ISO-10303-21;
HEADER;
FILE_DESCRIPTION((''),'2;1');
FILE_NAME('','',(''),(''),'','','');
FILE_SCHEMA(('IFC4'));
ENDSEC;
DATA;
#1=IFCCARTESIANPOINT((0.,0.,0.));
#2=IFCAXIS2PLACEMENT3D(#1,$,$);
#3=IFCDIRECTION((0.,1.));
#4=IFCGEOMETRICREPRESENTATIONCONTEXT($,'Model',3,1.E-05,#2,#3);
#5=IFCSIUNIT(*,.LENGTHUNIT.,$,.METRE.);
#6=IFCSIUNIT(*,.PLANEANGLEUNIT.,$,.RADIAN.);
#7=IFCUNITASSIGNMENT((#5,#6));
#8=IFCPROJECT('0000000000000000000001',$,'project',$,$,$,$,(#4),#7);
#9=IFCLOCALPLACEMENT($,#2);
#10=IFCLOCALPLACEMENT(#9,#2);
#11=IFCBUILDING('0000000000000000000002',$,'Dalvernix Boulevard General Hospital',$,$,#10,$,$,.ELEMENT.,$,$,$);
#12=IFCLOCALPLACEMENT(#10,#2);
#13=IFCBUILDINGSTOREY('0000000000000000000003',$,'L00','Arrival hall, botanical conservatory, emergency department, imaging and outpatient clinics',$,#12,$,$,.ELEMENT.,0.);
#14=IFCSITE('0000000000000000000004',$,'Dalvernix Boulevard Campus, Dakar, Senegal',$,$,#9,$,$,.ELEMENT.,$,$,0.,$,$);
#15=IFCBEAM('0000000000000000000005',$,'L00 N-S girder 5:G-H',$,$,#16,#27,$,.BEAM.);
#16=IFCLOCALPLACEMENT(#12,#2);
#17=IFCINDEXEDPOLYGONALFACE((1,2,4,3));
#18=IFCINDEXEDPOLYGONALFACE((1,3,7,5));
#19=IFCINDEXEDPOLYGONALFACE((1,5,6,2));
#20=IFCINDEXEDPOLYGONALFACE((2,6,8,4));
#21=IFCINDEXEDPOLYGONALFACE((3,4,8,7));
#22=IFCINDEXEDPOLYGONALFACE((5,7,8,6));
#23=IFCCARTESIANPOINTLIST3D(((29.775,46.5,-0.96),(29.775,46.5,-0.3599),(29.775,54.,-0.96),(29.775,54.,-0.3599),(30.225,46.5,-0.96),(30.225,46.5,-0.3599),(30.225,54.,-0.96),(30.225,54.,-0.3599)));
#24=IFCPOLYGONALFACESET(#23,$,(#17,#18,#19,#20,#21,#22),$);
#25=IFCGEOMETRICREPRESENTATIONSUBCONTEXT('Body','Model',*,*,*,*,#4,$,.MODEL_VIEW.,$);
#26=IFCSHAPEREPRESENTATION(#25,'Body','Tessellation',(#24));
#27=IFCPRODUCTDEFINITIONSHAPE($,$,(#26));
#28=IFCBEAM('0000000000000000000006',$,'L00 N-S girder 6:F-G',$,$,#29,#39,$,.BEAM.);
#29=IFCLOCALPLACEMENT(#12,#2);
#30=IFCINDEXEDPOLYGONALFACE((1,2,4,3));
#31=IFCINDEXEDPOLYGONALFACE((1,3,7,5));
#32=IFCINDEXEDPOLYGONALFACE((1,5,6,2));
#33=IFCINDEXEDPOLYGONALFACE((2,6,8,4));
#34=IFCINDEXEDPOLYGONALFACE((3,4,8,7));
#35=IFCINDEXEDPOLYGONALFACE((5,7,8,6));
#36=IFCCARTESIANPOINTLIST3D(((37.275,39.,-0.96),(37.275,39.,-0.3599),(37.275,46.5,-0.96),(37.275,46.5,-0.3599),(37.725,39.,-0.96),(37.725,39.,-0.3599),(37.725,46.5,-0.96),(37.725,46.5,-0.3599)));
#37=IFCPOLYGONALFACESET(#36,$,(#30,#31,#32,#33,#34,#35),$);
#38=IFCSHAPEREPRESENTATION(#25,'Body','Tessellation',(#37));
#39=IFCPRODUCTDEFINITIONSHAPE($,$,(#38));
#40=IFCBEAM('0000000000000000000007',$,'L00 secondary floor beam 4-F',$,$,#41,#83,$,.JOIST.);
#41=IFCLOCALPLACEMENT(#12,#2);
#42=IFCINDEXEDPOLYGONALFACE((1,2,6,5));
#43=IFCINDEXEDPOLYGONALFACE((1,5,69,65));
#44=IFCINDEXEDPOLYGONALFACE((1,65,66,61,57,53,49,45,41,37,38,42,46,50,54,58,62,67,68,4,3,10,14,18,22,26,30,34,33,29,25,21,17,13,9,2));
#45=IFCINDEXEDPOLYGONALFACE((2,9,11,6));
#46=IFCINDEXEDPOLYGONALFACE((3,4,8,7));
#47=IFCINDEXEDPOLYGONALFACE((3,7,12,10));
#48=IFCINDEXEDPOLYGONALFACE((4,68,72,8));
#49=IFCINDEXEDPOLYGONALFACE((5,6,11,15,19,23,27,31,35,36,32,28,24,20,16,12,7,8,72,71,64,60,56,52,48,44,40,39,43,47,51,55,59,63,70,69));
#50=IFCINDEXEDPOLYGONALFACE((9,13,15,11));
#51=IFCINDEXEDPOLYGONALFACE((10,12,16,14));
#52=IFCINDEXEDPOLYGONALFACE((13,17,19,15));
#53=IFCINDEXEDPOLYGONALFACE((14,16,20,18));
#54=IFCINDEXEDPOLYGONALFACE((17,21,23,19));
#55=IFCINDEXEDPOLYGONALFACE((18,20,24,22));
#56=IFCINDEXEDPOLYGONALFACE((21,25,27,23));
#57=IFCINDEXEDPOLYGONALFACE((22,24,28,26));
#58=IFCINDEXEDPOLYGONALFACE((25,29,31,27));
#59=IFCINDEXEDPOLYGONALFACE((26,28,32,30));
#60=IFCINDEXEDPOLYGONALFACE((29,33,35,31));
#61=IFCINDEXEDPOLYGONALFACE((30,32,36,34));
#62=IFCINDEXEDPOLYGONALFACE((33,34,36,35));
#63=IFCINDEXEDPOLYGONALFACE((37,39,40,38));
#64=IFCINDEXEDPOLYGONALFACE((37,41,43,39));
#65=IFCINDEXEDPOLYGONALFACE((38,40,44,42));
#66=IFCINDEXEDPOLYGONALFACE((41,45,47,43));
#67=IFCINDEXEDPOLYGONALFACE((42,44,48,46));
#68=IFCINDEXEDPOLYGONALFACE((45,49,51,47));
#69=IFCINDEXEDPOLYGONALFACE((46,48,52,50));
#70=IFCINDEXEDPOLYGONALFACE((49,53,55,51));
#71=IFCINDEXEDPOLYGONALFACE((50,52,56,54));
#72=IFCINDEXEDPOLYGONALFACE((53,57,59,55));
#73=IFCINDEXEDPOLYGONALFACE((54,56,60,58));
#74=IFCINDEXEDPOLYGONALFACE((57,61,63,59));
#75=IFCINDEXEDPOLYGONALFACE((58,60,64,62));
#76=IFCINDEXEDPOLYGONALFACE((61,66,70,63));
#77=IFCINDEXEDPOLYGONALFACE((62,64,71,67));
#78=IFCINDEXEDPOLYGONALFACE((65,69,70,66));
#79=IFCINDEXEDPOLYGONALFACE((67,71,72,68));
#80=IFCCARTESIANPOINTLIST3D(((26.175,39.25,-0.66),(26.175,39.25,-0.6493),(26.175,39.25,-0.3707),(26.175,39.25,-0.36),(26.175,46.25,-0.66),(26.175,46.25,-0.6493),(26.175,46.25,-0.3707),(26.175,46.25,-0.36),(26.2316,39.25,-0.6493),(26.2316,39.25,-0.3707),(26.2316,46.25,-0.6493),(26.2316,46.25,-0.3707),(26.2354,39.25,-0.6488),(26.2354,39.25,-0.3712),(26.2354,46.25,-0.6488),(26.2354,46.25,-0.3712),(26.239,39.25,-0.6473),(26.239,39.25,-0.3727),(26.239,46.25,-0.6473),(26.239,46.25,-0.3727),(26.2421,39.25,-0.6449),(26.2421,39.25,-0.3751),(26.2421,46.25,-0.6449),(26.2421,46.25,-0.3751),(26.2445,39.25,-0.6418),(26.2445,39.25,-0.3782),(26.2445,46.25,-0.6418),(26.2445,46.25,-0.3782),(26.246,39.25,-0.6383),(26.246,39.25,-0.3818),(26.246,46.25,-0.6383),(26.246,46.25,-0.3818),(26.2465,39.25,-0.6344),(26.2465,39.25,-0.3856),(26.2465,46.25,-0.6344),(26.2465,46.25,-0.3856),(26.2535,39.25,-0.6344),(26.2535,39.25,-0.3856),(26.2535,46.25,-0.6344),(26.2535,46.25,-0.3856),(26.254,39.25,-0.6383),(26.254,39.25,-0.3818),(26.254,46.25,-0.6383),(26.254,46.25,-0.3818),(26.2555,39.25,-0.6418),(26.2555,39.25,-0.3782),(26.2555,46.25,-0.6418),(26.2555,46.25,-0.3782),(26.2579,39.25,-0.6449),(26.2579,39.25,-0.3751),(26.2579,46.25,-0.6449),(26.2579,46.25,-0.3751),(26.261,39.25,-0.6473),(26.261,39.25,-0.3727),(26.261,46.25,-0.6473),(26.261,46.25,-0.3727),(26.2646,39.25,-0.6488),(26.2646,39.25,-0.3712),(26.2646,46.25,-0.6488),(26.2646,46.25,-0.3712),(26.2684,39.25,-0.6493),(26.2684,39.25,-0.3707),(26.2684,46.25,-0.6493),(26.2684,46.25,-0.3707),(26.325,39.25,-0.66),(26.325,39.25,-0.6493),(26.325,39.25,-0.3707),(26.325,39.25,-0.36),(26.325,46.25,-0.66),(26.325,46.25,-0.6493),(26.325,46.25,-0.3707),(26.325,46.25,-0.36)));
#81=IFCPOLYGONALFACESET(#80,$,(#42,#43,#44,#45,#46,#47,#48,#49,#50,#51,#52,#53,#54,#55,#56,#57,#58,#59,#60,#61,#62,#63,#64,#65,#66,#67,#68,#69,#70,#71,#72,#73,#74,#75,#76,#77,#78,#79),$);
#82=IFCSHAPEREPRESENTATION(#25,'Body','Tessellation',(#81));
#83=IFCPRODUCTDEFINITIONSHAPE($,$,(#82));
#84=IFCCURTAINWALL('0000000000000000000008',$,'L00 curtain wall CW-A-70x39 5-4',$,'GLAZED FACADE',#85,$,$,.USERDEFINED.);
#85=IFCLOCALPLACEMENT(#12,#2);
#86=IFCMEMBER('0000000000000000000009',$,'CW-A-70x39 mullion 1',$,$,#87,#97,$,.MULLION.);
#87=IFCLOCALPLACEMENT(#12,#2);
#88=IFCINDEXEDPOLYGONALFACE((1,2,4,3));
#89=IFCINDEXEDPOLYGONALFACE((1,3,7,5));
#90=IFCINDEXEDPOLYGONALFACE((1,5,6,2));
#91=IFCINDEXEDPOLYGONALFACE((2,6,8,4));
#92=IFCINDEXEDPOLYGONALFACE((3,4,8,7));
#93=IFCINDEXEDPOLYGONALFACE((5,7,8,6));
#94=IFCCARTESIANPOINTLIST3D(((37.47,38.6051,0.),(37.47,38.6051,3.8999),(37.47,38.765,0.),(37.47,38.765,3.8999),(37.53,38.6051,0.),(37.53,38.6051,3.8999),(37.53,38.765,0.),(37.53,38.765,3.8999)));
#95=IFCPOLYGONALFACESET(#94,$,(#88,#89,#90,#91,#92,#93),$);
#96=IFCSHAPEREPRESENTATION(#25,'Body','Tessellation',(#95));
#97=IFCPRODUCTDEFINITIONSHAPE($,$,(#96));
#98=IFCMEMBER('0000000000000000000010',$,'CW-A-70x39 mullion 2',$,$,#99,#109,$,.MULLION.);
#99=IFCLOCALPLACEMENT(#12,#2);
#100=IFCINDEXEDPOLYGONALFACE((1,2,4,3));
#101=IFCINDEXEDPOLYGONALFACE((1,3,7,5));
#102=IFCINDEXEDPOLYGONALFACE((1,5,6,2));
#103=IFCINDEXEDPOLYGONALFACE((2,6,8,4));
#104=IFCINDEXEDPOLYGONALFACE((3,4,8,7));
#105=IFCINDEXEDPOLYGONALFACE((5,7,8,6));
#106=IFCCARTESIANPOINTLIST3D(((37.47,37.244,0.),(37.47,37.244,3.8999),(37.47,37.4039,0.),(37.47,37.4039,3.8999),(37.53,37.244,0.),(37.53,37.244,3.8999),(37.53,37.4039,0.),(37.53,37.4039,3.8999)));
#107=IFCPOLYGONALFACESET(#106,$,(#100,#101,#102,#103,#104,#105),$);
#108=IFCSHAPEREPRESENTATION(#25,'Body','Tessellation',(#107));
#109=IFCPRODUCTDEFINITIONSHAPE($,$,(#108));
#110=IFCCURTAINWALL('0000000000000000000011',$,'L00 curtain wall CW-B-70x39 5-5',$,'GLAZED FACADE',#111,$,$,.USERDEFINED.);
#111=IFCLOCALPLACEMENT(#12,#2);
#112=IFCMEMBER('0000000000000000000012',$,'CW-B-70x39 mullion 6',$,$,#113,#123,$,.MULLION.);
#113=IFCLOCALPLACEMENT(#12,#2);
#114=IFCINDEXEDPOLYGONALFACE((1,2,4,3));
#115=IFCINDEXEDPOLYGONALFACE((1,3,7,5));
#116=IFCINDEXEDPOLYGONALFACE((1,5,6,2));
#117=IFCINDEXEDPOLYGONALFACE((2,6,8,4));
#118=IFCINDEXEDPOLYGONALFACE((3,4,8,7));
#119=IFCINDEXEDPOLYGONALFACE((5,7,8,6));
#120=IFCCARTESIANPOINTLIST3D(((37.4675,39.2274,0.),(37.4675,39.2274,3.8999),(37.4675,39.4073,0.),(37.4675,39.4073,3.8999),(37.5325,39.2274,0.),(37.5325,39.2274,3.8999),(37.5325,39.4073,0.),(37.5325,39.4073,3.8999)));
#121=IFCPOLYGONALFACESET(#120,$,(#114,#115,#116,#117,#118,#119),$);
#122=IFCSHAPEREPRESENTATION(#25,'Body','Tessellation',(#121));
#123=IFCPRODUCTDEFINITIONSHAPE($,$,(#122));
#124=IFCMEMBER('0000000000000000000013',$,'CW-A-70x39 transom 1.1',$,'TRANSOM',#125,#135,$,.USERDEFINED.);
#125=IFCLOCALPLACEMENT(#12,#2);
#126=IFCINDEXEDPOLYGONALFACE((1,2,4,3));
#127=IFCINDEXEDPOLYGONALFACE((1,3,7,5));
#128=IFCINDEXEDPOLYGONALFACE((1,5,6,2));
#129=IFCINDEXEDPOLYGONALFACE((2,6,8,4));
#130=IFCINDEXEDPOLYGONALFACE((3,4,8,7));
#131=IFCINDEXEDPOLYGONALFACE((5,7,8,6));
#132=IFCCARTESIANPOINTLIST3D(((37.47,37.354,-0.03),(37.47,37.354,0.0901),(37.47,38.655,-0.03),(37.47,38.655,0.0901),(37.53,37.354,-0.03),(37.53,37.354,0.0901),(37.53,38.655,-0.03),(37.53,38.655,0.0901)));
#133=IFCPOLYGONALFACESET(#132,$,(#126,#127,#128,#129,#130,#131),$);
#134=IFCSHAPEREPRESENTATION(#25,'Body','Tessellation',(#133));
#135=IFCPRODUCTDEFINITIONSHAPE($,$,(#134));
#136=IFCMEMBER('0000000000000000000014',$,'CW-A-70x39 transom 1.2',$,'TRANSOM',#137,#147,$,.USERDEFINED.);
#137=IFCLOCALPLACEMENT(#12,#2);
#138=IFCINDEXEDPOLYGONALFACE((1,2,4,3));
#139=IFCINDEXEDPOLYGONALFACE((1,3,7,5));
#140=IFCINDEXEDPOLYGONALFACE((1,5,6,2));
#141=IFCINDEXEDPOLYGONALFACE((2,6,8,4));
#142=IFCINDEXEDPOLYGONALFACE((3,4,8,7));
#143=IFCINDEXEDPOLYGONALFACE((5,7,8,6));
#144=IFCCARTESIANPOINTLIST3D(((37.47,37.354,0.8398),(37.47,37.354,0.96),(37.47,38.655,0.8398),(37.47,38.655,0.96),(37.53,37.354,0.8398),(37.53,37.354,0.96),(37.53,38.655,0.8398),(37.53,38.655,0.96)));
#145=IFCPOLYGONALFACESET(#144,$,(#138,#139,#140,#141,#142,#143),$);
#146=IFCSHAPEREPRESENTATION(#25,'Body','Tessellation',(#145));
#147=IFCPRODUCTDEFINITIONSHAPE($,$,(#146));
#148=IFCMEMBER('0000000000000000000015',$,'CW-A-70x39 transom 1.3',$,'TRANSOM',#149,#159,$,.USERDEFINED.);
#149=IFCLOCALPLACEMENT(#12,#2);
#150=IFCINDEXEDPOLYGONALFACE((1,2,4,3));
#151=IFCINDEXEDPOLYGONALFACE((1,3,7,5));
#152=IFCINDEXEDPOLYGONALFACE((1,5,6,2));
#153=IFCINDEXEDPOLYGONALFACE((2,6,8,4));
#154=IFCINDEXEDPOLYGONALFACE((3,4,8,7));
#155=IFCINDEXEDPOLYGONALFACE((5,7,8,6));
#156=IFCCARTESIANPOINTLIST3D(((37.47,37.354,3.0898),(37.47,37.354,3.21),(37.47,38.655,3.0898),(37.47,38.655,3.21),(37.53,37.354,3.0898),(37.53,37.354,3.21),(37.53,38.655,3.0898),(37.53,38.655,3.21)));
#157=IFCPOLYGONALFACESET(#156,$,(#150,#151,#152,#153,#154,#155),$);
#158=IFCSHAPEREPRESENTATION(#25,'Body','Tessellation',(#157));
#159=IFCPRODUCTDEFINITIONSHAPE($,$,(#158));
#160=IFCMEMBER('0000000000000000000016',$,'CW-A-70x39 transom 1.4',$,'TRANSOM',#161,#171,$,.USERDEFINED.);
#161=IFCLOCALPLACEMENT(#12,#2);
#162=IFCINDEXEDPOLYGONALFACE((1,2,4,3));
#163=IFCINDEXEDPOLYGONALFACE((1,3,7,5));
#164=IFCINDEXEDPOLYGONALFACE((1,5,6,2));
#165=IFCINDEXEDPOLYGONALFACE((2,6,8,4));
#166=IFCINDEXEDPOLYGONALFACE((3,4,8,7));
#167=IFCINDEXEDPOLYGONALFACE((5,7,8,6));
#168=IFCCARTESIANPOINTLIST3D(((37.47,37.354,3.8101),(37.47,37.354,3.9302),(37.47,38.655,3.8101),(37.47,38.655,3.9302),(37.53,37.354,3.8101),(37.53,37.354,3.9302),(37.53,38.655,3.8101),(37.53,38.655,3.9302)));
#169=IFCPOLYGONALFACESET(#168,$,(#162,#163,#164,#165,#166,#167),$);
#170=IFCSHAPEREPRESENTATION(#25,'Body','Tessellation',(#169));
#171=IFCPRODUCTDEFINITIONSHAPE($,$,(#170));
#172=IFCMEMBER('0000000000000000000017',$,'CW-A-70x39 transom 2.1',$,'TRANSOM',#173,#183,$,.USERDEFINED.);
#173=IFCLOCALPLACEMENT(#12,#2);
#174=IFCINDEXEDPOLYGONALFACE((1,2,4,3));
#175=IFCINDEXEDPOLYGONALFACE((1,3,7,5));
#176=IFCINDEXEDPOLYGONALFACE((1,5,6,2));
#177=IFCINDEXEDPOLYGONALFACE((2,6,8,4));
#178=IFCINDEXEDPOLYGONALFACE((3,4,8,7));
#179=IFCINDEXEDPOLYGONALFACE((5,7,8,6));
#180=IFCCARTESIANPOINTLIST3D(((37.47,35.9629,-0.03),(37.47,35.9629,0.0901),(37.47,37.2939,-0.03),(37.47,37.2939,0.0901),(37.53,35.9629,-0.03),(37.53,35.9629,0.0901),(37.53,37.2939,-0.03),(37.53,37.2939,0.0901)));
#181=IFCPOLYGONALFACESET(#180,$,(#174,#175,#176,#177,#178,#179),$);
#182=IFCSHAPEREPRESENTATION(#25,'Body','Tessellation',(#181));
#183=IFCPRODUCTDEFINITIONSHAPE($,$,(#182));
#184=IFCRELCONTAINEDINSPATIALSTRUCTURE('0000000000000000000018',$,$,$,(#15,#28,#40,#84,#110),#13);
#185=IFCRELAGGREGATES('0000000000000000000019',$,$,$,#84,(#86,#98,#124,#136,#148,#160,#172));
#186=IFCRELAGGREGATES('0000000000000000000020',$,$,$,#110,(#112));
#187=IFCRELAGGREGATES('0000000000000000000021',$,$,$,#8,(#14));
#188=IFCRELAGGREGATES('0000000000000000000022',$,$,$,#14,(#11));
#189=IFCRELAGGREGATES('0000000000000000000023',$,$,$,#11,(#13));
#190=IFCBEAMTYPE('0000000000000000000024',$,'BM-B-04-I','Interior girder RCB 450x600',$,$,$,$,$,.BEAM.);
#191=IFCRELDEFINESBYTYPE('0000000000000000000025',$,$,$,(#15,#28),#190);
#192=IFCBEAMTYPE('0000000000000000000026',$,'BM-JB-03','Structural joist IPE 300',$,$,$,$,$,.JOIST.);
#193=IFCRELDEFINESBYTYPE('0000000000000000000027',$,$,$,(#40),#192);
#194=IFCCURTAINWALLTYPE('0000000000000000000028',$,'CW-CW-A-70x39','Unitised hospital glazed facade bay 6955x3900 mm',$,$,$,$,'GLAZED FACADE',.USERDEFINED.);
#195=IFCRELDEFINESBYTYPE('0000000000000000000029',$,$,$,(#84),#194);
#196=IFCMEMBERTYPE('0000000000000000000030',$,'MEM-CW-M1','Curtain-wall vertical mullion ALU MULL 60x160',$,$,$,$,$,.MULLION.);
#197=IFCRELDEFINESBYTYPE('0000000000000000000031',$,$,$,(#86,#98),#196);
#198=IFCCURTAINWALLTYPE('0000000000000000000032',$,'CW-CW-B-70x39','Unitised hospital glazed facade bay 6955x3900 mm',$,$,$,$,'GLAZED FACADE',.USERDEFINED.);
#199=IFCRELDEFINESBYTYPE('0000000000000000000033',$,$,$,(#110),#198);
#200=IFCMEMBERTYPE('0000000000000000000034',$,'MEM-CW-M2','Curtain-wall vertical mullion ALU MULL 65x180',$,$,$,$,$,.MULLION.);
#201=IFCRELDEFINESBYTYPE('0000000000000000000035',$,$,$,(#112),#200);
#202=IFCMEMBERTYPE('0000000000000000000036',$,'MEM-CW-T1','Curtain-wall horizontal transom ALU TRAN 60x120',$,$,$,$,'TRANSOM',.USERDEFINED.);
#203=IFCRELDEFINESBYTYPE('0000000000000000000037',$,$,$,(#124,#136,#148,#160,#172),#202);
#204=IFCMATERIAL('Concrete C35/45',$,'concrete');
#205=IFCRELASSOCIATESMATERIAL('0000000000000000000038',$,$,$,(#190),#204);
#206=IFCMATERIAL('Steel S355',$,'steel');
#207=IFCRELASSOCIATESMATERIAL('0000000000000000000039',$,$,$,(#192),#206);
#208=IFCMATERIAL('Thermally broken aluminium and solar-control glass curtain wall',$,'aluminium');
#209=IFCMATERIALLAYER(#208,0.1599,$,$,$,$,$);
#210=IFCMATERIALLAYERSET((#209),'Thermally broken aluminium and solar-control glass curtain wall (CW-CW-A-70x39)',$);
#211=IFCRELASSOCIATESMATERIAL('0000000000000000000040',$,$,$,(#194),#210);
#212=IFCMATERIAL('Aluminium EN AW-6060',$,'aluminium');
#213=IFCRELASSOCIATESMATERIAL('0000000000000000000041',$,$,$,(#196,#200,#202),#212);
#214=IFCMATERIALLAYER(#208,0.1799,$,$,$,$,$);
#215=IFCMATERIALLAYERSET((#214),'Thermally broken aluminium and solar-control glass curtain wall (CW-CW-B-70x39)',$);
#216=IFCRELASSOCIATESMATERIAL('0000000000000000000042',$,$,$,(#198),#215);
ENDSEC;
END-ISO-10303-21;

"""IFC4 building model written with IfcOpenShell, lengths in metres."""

from ifc_helpers import new_model, si_unit, direction, frame, origin, origin_2d, place, context, subcontext, project, spatial, rectangle, i_section, extrude, material, layer, layer_set, material_profile, profile_set, type_object, element, aggregate, save


model = new_model("IFC4")

# Units and contexts
model_context = context("Model", 3, precision=1e-05, world=origin(), true_north=direction((0.0, 1.0)))
body_context = subcontext(model_context, "Body", "Model", "MODEL_VIEW")
ifc_project = project(units=[si_unit("LENGTHUNIT", "METRE"), si_unit("PLANEANGLEUNIT", "RADIAN")], contexts=[model_context])

# Site, building, storey
site_placement = place(None, origin())
site = spatial("IfcSite", under=ifc_project, at=site_placement, Name="Dalvernix Boulevard Campus, Dakar, Senegal", CompositionType="ELEMENT", RefElevation=0.0)
building_placement = place(site_placement, origin())
building = spatial("IfcBuilding", under=site, at=building_placement, Name="Dalvernix Boulevard General Hospital", CompositionType="ELEMENT")
storey_placement = place(building_placement, origin())
storey = spatial("IfcBuildingStorey", under=building, at=storey_placement, Name="L00", Description="Arrival hall, botanical conservatory, emergency department, imaging and outpatient clinics", CompositionType="ELEMENT", Elevation=0.0)

# Beams
ifc_material_1 = material(Name="Concrete C35/45", Category="concrete")
ifc_material_profile_1 = material_profile(ifc_material_1, rectangle(XDim=0.45, YDim=0.6001, at=origin_2d()), Name="RCB 450x600")
ifc_profile_set_1 = profile_set([ifc_material_profile_1], Name="Concrete C35/45")
beam_type_1 = type_object("IfcBeamType", Name="BM-B-04-I", Description="Interior girder RCB 450x600", PredefinedType="BEAM", material=ifc_profile_set_1)
for number, where, z_axis, x_axis, name in (
    (1, (30.0, 46.5, -0.6599), (0.0, 1.0, 0.0), (-1.0, 0.0, 0.0), "L00 N-S girder 5:G-H"),
    (2, (37.5, 39.0, -0.6599), (0.0, 1.0, 0.0), (-1.0, 0.0, 0.0), "L00 N-S girder 6:F-G"),
):
    element("IfcBeam", number, at=place(storey_placement, frame(where, z_axis=z_axis, x_axis=x_axis)), inside=storey, type_object=beam_type_1, Name=name, PredefinedType="BEAM", context=body_context, shape_type="SweptSolid", body=[
        extrude(rectangle(XDim=0.45, YDim=0.6001, at=origin_2d()), origin(), (0.0, 0.0, 1.0), 7.5),
    ])
ifc_material_2 = material(Name="Steel S355", Category="steel")
ifc_material_profile_2 = material_profile(ifc_material_2, i_section(OverallWidth=0.1499, OverallDepth=0.3, WebThickness=0.0071, FlangeThickness=0.0107, FilletRadius=0.0149, at=origin_2d()), Name="IPE 300")
ifc_profile_set_2 = profile_set([ifc_material_profile_2], Name="Steel S355")
beam_type_2 = type_object("IfcBeamType", Name="BM-JB-03", Description="Structural joist IPE 300", PredefinedType="JOIST", material=ifc_profile_set_2)
beam_placement = place(storey_placement, frame((26.25, 39.25, -0.51), z_axis=(0.0, 1.0, 0.0), x_axis=(-1.0, 0.0, 0.0)))
element("IfcBeam", 3, at=beam_placement, inside=storey, type_object=beam_type_2, Name="L00 secondary floor beam 4-F", PredefinedType="JOIST", context=body_context, shape_type="SweptSolid", body=[
    extrude(i_section(OverallWidth=0.1499, OverallDepth=0.3, WebThickness=0.0071, FlangeThickness=0.0107, FilletRadius=0.0149, at=origin_2d()), origin(), (0.0, 0.0, 1.0), 7.0),
])

# Curtain wall, members
ifc_material_3 = material(Name="Thermally broken aluminium and solar-control glass curtain wall", Category="aluminium")
ifc_layer_1 = layer(ifc_material_3, 0.1599)
ifc_layer_set_1 = layer_set([ifc_layer_1], Name="Thermally broken aluminium and solar-control glass curtain wall (CW-CW-A-70x39)")
curtain_wall_type_1 = type_object("IfcCurtainWallType", Name="CW-CW-A-70x39", Description="Unitised hospital glazed facade bay 6955x3900 mm", ElementType="GLAZED FACADE", PredefinedType="USERDEFINED", material=ifc_layer_set_1)
curtain_wall_1_placement = place(storey_placement, origin())
curtain_wall_1 = element("IfcCurtainWall", 4, at=curtain_wall_1_placement, inside=storey, type_object=curtain_wall_type_1, Name="L00 curtain wall CW-A-70x39 5-4", ObjectType="GLAZED FACADE", PredefinedType="USERDEFINED")
ifc_material_4 = material(Name="Aluminium EN AW-6060", Category="aluminium")
ifc_material_profile_3 = material_profile(ifc_material_4, rectangle(XDim=0.0601, YDim=0.1599, at=origin_2d()), Name="ALU MULL 60x160")
ifc_profile_set_3 = profile_set([ifc_material_profile_3], Name="Aluminium EN AW-6060")
member_type_1 = type_object("IfcMemberType", Name="MEM-CW-M1", Description="Curtain-wall vertical mullion ALU MULL 60x160", PredefinedType="MULLION", material=ifc_profile_set_3)
member_1_placement = place(storey_placement, frame((37.5, 38.6851, 0.0), z_axis=(0.0, 0.0, 1.0), x_axis=(1.0, 0.0, 0.0)))
member_1 = element("IfcMember", 5, at=member_1_placement, type_object=member_type_1, Name="CW-A-70x39 mullion 1", PredefinedType="MULLION", context=body_context, shape_type="SweptSolid", body=[
    extrude(rectangle(XDim=0.0601, YDim=0.1599, at=origin_2d()), origin(), (0.0, 0.0, 1.0), 3.8999),
])
member_2_placement = place(storey_placement, frame((37.5, 37.324, 0.0), z_axis=(0.0, 0.0, 1.0), x_axis=(1.0, 0.0, 0.0)))
member_2 = element("IfcMember", 6, at=member_2_placement, type_object=member_type_1, Name="CW-A-70x39 mullion 2", PredefinedType="MULLION", context=body_context, shape_type="SweptSolid", body=[
    extrude(rectangle(XDim=0.0601, YDim=0.1599, at=origin_2d()), origin(), (0.0, 0.0, 1.0), 3.8999),
])

# Curtain wall, member
ifc_layer_2 = layer(ifc_material_3, 0.1799)
ifc_layer_set_2 = layer_set([ifc_layer_2], Name="Thermally broken aluminium and solar-control glass curtain wall (CW-CW-B-70x39)")
curtain_wall_type_2 = type_object("IfcCurtainWallType", Name="CW-CW-B-70x39", Description="Unitised hospital glazed facade bay 6955x3900 mm", ElementType="GLAZED FACADE", PredefinedType="USERDEFINED", material=ifc_layer_set_2)
curtain_wall_2_placement = place(storey_placement, origin())
curtain_wall_2 = element("IfcCurtainWall", 7, at=curtain_wall_2_placement, inside=storey, type_object=curtain_wall_type_2, Name="L00 curtain wall CW-B-70x39 5-5", ObjectType="GLAZED FACADE", PredefinedType="USERDEFINED")
ifc_material_profile_4 = material_profile(ifc_material_4, rectangle(XDim=0.0649, YDim=0.1799, at=origin_2d()), Name="ALU MULL 65x180")
ifc_profile_set_4 = profile_set([ifc_material_profile_4], Name="Aluminium EN AW-6060")
member_type_2 = type_object("IfcMemberType", Name="MEM-CW-M2", Description="Curtain-wall vertical mullion ALU MULL 65x180", PredefinedType="MULLION", material=ifc_profile_set_4)
member_3_placement = place(storey_placement, frame((37.5, 39.3174, 0.0), z_axis=(0.0, 0.0, 1.0), x_axis=(1.0, 0.0, 0.0)))
member_3 = element("IfcMember", 8, at=member_3_placement, type_object=member_type_2, Name="CW-B-70x39 mullion 6", PredefinedType="MULLION", context=body_context, shape_type="SweptSolid", body=[
    extrude(rectangle(XDim=0.0649, YDim=0.1799, at=origin_2d()), origin(), (0.0, 0.0, 1.0), 3.8999),
])

# Members
ifc_material_profile_5 = material_profile(ifc_material_4, rectangle(XDim=0.0601, YDim=0.1201, at=origin_2d()), Name="ALU TRAN 60x120")
ifc_profile_set_5 = profile_set([ifc_material_profile_5], Name="Aluminium EN AW-6060")
member_type_3 = type_object("IfcMemberType", Name="MEM-CW-T1", Description="Curtain-wall horizontal transom ALU TRAN 60x120", ElementType="TRANSOM", PredefinedType="USERDEFINED", material=ifc_profile_set_5)
member_4_placement = place(storey_placement, frame((37.5, 38.655, 0.03), z_axis=(0.0, -1.0, 0.0), x_axis=(1.0, 0.0, 0.0)))
member_4 = element("IfcMember", 9, at=member_4_placement, type_object=member_type_3, Name="CW-A-70x39 transom 1.1", ObjectType="TRANSOM", PredefinedType="USERDEFINED", context=body_context, shape_type="SweptSolid", body=[
    extrude(rectangle(XDim=0.0601, YDim=0.1201, at=origin_2d()), origin(), (0.0, 0.0, 1.0), 1.301),
])
member_5_placement = place(storey_placement, frame((37.5, 38.655, 0.8999), z_axis=(0.0, -1.0, 0.0), x_axis=(1.0, 0.0, 0.0)))
member_5 = element("IfcMember", 10, at=member_5_placement, type_object=member_type_3, Name="CW-A-70x39 transom 1.2", ObjectType="TRANSOM", PredefinedType="USERDEFINED", context=body_context, shape_type="SweptSolid", body=[
    extrude(rectangle(XDim=0.0601, YDim=0.1201, at=origin_2d()), origin(), (0.0, 0.0, 1.0), 1.301),
])
member_6_placement = place(storey_placement, frame((37.5, 38.655, 3.1499), z_axis=(0.0, -1.0, 0.0), x_axis=(1.0, 0.0, 0.0)))
member_6 = element("IfcMember", 11, at=member_6_placement, type_object=member_type_3, Name="CW-A-70x39 transom 1.3", ObjectType="TRANSOM", PredefinedType="USERDEFINED", context=body_context, shape_type="SweptSolid", body=[
    extrude(rectangle(XDim=0.0601, YDim=0.1201, at=origin_2d()), origin(), (0.0, 0.0, 1.0), 1.301),
])
member_7_placement = place(storey_placement, frame((37.5, 38.655, 3.8701), z_axis=(0.0, -1.0, 0.0), x_axis=(1.0, 0.0, 0.0)))
member_7 = element("IfcMember", 12, at=member_7_placement, type_object=member_type_3, Name="CW-A-70x39 transom 1.4", ObjectType="TRANSOM", PredefinedType="USERDEFINED", context=body_context, shape_type="SweptSolid", body=[
    extrude(rectangle(XDim=0.0601, YDim=0.1201, at=origin_2d()), origin(), (0.0, 0.0, 1.0), 1.301),
])
member_8_placement = place(storey_placement, frame((37.5, 37.2939, 0.03), z_axis=(0.0, -1.0, 0.0), x_axis=(1.0, 0.0, 0.0)))
member_8 = element("IfcMember", 13, at=member_8_placement, type_object=member_type_3, Name="CW-A-70x39 transom 2.1", ObjectType="TRANSOM", PredefinedType="USERDEFINED", context=body_context, shape_type="SweptSolid", body=[
    extrude(rectangle(XDim=0.0601, YDim=0.1201, at=origin_2d()), origin(), (0.0, 0.0, 1.0), 1.3311),
])

aggregate(curtain_wall_1, [member_1, member_2, member_4, member_5, member_6, member_7, member_8])
aggregate(curtain_wall_2, [member_3])

save(model, "model.ifc")
